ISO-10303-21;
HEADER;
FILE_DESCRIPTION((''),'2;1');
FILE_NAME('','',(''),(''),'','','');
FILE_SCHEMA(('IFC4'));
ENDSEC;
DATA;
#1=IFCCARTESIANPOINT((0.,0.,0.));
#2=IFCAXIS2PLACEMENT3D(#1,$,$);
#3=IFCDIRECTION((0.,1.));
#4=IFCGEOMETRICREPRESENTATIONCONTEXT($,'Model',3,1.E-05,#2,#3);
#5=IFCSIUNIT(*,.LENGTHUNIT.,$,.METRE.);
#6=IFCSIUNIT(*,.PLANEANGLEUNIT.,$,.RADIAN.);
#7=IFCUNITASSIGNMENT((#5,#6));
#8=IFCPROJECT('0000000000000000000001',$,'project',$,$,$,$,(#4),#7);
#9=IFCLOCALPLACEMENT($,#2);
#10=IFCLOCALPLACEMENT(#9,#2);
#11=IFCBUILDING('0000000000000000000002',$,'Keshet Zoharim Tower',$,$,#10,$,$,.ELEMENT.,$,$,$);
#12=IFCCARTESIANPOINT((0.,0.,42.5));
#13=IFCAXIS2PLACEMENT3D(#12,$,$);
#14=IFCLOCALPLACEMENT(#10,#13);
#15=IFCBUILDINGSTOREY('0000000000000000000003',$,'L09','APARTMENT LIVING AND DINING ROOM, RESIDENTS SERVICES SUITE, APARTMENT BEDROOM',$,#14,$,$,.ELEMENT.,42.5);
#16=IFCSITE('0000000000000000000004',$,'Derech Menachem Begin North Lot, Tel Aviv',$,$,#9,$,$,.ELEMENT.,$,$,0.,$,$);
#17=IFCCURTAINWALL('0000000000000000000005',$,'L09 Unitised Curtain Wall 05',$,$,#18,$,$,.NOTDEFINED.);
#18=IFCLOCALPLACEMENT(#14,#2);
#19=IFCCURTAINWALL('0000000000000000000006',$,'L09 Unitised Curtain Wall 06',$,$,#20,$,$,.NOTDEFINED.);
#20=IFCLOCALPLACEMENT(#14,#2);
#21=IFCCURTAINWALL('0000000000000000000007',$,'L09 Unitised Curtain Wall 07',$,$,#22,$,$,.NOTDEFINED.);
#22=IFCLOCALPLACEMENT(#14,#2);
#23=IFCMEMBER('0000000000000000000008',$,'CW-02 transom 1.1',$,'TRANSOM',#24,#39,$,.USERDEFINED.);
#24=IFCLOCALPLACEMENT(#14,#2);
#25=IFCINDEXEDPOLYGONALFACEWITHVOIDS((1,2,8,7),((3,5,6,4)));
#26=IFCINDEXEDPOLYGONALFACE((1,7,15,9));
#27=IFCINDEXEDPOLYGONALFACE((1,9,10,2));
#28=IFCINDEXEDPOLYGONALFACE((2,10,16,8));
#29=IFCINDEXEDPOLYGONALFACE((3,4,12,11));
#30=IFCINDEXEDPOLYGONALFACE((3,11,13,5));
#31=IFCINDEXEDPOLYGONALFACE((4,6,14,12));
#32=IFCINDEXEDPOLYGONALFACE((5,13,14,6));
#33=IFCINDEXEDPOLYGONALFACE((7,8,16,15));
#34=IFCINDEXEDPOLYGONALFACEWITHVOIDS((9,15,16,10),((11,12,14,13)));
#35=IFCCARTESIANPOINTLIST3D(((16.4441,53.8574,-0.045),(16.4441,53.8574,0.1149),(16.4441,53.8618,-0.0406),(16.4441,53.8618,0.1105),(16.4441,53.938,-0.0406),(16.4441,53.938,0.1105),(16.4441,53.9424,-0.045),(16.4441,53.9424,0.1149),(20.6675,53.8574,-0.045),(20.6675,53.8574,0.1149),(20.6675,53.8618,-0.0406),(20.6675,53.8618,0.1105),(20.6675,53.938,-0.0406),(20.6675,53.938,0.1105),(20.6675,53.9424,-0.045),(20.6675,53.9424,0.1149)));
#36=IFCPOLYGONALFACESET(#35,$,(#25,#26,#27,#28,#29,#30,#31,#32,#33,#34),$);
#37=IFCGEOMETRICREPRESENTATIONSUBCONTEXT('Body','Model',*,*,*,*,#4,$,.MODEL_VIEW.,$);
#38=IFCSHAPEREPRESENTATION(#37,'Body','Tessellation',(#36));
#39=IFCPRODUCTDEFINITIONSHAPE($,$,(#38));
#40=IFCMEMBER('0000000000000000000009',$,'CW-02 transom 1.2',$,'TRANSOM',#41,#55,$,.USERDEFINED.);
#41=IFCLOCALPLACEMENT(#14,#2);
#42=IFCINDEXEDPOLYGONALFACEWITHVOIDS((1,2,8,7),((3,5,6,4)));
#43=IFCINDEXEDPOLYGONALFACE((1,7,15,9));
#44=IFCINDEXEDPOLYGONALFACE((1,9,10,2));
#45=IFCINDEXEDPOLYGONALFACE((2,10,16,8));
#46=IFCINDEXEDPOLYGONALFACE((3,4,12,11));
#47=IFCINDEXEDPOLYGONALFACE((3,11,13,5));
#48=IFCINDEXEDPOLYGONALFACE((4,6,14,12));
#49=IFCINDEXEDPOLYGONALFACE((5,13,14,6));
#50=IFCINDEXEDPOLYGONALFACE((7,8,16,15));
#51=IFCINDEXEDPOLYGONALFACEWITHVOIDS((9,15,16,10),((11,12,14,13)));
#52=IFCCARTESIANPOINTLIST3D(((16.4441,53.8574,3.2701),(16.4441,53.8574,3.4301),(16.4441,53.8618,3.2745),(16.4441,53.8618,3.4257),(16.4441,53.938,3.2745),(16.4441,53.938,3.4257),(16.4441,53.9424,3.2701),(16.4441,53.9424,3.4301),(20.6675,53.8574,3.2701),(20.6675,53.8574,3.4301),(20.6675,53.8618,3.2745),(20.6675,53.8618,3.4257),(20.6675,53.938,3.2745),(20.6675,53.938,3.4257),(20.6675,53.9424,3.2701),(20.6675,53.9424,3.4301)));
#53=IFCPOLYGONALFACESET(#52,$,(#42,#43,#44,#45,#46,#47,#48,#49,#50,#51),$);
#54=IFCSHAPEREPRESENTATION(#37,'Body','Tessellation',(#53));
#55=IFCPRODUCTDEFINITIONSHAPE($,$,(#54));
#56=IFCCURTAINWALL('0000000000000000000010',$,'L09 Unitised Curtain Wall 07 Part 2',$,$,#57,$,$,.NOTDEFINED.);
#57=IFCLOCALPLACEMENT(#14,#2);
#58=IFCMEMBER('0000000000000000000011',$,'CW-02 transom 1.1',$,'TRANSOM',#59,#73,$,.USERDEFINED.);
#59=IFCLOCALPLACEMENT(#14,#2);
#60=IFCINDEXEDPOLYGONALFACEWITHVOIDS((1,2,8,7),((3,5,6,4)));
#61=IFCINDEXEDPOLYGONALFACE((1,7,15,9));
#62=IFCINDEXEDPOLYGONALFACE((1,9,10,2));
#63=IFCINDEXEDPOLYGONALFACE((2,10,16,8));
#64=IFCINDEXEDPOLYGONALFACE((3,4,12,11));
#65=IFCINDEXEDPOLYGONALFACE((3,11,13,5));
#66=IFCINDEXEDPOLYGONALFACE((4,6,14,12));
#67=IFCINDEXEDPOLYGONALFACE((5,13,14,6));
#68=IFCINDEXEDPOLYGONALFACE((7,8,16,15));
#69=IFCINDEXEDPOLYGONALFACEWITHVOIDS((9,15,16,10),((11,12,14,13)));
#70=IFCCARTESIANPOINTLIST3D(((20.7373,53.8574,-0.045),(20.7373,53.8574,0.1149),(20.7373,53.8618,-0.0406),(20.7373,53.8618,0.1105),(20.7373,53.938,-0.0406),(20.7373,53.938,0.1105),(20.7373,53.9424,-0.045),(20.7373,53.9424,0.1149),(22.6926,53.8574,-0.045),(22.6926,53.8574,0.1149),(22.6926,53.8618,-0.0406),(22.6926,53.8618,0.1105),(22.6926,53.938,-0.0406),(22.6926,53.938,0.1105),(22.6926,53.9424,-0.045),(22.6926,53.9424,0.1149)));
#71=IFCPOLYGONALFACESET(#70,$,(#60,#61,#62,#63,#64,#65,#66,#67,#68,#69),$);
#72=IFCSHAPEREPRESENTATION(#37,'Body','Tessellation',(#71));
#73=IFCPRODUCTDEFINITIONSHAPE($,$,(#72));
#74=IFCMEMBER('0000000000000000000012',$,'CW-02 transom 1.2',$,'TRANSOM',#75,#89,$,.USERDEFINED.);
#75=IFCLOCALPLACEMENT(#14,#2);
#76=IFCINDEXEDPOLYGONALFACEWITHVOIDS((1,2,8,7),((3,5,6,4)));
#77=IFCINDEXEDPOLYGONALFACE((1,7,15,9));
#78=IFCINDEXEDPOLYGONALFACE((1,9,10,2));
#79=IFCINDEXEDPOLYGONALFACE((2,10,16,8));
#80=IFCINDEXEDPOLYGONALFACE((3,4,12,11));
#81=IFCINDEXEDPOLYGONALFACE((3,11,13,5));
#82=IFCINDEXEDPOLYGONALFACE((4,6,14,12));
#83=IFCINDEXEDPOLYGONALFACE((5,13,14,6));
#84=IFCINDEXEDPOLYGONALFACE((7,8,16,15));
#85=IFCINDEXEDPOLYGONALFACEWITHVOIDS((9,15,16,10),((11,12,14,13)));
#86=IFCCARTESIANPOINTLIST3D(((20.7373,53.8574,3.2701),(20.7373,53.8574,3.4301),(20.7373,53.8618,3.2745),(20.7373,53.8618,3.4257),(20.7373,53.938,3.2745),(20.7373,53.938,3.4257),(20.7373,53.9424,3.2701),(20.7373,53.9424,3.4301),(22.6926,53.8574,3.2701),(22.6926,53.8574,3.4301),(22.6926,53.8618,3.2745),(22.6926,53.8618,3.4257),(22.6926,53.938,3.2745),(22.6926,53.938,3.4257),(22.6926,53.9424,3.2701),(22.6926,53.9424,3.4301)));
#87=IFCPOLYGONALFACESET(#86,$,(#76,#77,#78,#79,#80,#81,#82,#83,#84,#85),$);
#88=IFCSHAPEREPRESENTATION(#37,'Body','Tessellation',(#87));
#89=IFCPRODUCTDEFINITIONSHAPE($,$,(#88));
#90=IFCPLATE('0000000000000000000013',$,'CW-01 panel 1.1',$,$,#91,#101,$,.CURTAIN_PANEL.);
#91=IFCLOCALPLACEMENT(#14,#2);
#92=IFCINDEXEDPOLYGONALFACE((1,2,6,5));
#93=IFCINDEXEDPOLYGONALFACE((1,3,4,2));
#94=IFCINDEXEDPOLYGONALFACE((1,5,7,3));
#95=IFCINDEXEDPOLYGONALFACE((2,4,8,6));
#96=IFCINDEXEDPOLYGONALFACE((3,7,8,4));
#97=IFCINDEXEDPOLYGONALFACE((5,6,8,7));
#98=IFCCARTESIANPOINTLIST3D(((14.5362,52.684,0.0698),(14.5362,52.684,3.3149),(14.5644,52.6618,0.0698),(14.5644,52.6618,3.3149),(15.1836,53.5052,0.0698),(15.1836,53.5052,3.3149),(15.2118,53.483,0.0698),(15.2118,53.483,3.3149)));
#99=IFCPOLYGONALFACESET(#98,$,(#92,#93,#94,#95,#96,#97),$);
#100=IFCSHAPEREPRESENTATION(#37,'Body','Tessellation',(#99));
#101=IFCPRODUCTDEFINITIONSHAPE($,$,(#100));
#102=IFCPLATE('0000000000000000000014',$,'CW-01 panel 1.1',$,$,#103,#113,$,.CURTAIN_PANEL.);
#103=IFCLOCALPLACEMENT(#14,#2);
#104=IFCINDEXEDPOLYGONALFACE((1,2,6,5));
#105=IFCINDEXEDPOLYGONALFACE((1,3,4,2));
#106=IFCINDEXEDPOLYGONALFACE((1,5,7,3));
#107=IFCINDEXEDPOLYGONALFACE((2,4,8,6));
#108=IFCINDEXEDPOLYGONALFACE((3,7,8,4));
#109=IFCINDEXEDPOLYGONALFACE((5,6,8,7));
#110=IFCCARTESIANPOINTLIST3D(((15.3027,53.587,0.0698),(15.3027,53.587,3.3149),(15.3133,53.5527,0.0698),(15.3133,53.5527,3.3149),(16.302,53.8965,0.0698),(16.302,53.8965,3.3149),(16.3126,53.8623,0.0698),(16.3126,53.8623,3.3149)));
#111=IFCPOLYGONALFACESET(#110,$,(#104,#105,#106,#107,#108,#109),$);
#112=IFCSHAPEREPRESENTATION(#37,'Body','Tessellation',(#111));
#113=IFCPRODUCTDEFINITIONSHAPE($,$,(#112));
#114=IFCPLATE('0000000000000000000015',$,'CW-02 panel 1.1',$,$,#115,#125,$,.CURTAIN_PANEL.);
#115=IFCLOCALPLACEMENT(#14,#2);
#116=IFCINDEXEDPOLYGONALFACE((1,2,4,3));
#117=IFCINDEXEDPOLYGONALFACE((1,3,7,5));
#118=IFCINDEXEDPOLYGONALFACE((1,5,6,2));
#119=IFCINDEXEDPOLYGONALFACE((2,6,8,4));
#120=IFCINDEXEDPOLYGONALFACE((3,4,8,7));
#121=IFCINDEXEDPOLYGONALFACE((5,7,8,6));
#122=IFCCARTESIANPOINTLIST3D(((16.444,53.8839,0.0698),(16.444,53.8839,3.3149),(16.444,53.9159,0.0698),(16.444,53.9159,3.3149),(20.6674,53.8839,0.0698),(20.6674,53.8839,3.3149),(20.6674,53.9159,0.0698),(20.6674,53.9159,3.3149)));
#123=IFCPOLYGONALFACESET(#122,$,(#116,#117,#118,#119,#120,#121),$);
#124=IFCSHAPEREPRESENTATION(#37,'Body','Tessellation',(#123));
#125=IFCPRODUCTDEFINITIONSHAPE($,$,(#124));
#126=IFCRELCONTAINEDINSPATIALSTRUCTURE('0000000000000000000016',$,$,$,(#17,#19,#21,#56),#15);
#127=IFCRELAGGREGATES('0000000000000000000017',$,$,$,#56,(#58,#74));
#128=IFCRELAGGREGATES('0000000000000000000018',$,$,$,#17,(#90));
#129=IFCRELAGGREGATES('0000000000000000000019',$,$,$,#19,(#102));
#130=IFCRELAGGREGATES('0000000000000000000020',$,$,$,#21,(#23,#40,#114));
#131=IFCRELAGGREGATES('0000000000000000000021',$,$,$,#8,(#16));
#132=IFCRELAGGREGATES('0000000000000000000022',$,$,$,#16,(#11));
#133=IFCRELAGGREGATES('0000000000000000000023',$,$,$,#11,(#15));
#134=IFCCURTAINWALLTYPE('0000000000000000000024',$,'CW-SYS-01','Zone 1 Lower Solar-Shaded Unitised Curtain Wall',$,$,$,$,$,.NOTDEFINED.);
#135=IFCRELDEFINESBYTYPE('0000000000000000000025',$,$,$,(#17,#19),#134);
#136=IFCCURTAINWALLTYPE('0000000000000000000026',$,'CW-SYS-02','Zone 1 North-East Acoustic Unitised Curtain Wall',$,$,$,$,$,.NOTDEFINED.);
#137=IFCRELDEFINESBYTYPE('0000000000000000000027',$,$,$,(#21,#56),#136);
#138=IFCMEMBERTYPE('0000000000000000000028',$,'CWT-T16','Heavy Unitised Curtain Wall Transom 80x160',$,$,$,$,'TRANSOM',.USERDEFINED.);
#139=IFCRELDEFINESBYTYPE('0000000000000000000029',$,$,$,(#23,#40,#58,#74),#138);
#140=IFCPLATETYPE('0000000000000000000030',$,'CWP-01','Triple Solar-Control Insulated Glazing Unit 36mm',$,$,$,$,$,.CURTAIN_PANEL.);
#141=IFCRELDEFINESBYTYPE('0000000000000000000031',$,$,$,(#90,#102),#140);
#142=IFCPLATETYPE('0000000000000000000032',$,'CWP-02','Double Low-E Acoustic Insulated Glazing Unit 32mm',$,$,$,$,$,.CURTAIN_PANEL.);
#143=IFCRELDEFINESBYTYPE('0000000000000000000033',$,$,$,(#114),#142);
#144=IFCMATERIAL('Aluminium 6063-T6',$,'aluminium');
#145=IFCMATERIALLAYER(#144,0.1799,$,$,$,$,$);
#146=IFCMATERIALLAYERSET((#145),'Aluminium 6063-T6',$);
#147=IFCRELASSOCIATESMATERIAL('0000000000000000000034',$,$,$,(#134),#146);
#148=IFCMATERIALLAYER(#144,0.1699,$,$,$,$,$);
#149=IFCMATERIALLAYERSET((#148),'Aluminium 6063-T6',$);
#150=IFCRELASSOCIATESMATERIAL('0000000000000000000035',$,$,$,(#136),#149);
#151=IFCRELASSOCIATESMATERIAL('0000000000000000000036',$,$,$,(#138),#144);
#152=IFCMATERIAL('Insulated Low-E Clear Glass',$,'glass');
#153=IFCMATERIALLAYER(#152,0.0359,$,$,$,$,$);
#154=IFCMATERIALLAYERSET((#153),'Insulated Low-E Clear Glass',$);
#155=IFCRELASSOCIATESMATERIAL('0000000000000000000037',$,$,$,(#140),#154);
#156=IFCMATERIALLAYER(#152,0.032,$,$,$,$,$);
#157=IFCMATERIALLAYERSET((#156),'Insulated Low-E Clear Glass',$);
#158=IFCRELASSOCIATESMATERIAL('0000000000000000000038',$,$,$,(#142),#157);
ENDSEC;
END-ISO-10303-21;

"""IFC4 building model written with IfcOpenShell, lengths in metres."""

from ifc_helpers import new_model, si_unit, direction, frame, origin, origin_2d, place, context, subcontext, project, spatial, rectangle, hollow_rectangle, extrude, material, layer, layer_set, material_profile, profile_set, type_object, element, aggregate, save


model = new_model("IFC4")

# Units and contexts
model_context = context("Model", 3, precision=1e-05, world=origin(), true_north=direction((0.0, 1.0)))
body_context = subcontext(model_context, "Body", "Model", "MODEL_VIEW")
ifc_project = project(units=[si_unit("LENGTHUNIT", "METRE"), si_unit("PLANEANGLEUNIT", "RADIAN")], contexts=[model_context])

# Site, building, storey
site_placement = place(None, origin())
site = spatial("IfcSite", under=ifc_project, at=site_placement, Name="Derech Menachem Begin North Lot, Tel Aviv", CompositionType="ELEMENT", RefElevation=0.0)
building_placement = place(site_placement, origin())
building = spatial("IfcBuilding", under=site, at=building_placement, Name="Keshet Zoharim Tower", CompositionType="ELEMENT")
storey_placement = place(building_placement, frame((0.0, 0.0, 42.5)))
storey = spatial("IfcBuildingStorey", under=building, at=storey_placement, Name="L09", Description="APARTMENT LIVING AND DINING ROOM, RESIDENTS SERVICES SUITE, APARTMENT BEDROOM", CompositionType="ELEMENT", Elevation=42.5)

# Shared definitions
ifc_material_1 = material(Name="Aluminium 6063-T6", Category="aluminium")
ifc_layer_1 = layer(ifc_material_1, 0.1799)
ifc_layer_set_1 = layer_set([ifc_layer_1], Name="Aluminium 6063-T6")
curtain_wall_type_1 = type_object("IfcCurtainWallType", Name="CW-SYS-01", Description="Zone 1 Lower Solar-Shaded Unitised Curtain Wall", PredefinedType="NOTDEFINED", material=ifc_layer_set_1)

# Curtain walls
curtain_wall_1_placement = place(storey_placement, origin())
curtain_wall_1 = element("IfcCurtainWall", 1, at=curtain_wall_1_placement, inside=storey, type_object=curtain_wall_type_1, Name="L09 Unitised Curtain Wall 05", PredefinedType="NOTDEFINED")
curtain_wall_2_placement = place(storey_placement, origin())
curtain_wall_2 = element("IfcCurtainWall", 2, at=curtain_wall_2_placement, inside=storey, type_object=curtain_wall_type_1, Name="L09 Unitised Curtain Wall 06", PredefinedType="NOTDEFINED")
ifc_layer_2 = layer(ifc_material_1, 0.1699)
ifc_layer_set_2 = layer_set([ifc_layer_2], Name="Aluminium 6063-T6")
curtain_wall_type_2 = type_object("IfcCurtainWallType", Name="CW-SYS-02", Description="Zone 1 North-East Acoustic Unitised Curtain Wall", PredefinedType="NOTDEFINED", material=ifc_layer_set_2)
curtain_wall_3_placement = place(storey_placement, origin())
curtain_wall_3 = element("IfcCurtainWall", 3, at=curtain_wall_3_placement, inside=storey, type_object=curtain_wall_type_2, Name="L09 Unitised Curtain Wall 07", PredefinedType="NOTDEFINED")

# Members
ifc_material_profile_1 = material_profile(ifc_material_1, hollow_rectangle(XDim=0.085, YDim=0.1599, WallThickness=0.0044, at=origin_2d()), Name="TRN-85x160")
ifc_profile_set_1 = profile_set([ifc_material_profile_1], Name="Aluminium 6063-T6")
member_type_1 = type_object("IfcMemberType", Name="CWT-T16", Description="Heavy Unitised Curtain Wall Transom 80x160", ElementType="TRANSOM", PredefinedType="USERDEFINED", material=ifc_profile_set_1)
member_1_placement = place(storey_placement, frame((16.4441, 53.8999, 0.0349), z_axis=(1.0, 0.0, 0.0), x_axis=(0.0, 1.0, 0.0)))
member_1 = element("IfcMember", 4, at=member_1_placement, type_object=member_type_1, Name="CW-02 transom 1.1", ObjectType="TRANSOM", PredefinedType="USERDEFINED", context=body_context, shape_type="SweptSolid", body=[
    extrude(hollow_rectangle(XDim=0.085, YDim=0.1599, WallThickness=0.0044, at=origin_2d()), origin(), (0.0, 0.0, 1.0), 4.2234),
])
member_2_placement = place(storey_placement, frame((16.4441, 53.8999, 3.3501), z_axis=(1.0, 0.0, 0.0), x_axis=(0.0, 1.0, 0.0)))
member_2 = element("IfcMember", 5, at=member_2_placement, type_object=member_type_1, Name="CW-02 transom 1.2", ObjectType="TRANSOM", PredefinedType="USERDEFINED", context=body_context, shape_type="SweptSolid", body=[
    extrude(hollow_rectangle(XDim=0.085, YDim=0.1599, WallThickness=0.0044, at=origin_2d()), origin(), (0.0, 0.0, 1.0), 4.2234),
])

# Curtain wall, members
curtain_wall_4_placement = place(storey_placement, origin())
curtain_wall_4 = element("IfcCurtainWall", 6, at=curtain_wall_4_placement, inside=storey, type_object=curtain_wall_type_2, Name="L09 Unitised Curtain Wall 07 Part 2", PredefinedType="NOTDEFINED")
member_3_placement = place(storey_placement, frame((20.7373, 53.8999, 0.0349), z_axis=(1.0, 0.0, 0.0), x_axis=(0.0, 1.0, 0.0)))
member_3 = element("IfcMember", 7, at=member_3_placement, type_object=member_type_1, Name="CW-02 transom 1.1", ObjectType="TRANSOM", PredefinedType="USERDEFINED", context=body_context, shape_type="SweptSolid", body=[
    extrude(hollow_rectangle(XDim=0.085, YDim=0.1599, WallThickness=0.0044, at=origin_2d()), origin(), (0.0, 0.0, 1.0), 1.9553),
])
member_4_placement = place(storey_placement, frame((20.7373, 53.8999, 3.3501), z_axis=(1.0, 0.0, 0.0), x_axis=(0.0, 1.0, 0.0)))
member_4 = element("IfcMember", 8, at=member_4_placement, type_object=member_type_1, Name="CW-02 transom 1.2", ObjectType="TRANSOM", PredefinedType="USERDEFINED", context=body_context, shape_type="SweptSolid", body=[
    extrude(hollow_rectangle(XDim=0.085, YDim=0.1599, WallThickness=0.0044, at=origin_2d()), origin(), (0.0, 0.0, 1.0), 1.9553),
])
aggregate(curtain_wall_4, [member_3, member_4])

# Plates
ifc_material_2 = material(Name="Insulated Low-E Clear Glass", Category="glass")
ifc_layer_3 = layer(ifc_material_2, 0.0359)
ifc_layer_set_3 = layer_set([ifc_layer_3], Name="Insulated Low-E Clear Glass")
plate_type_1 = type_object("IfcPlateType", Name="CWP-01", Description="Triple Solar-Control Insulated Glazing Unit 36mm", PredefinedType="CURTAIN_PANEL", material=ifc_layer_set_3)
plate_1_placement = place(storey_placement, frame((14.874, 53.0835, 0.0698), z_axis=(0.0, 0.0, 1.0), x_axis=(0.619125, 0.785293, 0.0)))
plate_1 = element("IfcPlate", 9, at=plate_1_placement, type_object=plate_type_1, Name="CW-01 panel 1.1", PredefinedType="CURTAIN_PANEL", context=body_context, shape_type="SweptSolid", body=[
    extrude(rectangle(XDim=1.0457, YDim=0.0359, at=origin_2d()), origin(), (0.0, 0.0, 1.0), 3.2451),
])
aggregate(curtain_wall_1, [plate_1])
plate_2_placement = place(storey_placement, frame((15.8076, 53.7246, 0.0698), z_axis=(0.0, 0.0, 1.0), x_axis=(0.955212, 0.295922, 0.0)))
plate_2 = element("IfcPlate", 10, at=plate_2_placement, type_object=plate_type_1, Name="CW-01 panel 1.1", PredefinedType="CURTAIN_PANEL", context=body_context, shape_type="SweptSolid", body=[
    extrude(rectangle(XDim=1.0461, YDim=0.0359, at=origin_2d()), origin(), (0.0, 0.0, 1.0), 3.2451),
])
aggregate(curtain_wall_2, [plate_2])
ifc_layer_4 = layer(ifc_material_2, 0.032)
ifc_layer_set_4 = layer_set([ifc_layer_4], Name="Insulated Low-E Clear Glass")
plate_type_2 = type_object("IfcPlateType", Name="CWP-02", Description="Double Low-E Acoustic Insulated Glazing Unit 32mm", PredefinedType="CURTAIN_PANEL", material=ifc_layer_set_4)
plate_3_placement = place(storey_placement, frame((18.5557, 53.8999, 0.0698), z_axis=(0.0, 0.0, 1.0), x_axis=(1.0, 0.0, 0.0)))
plate_3 = element("IfcPlate", 11, at=plate_3_placement, type_object=plate_type_2, Name="CW-02 panel 1.1", PredefinedType="CURTAIN_PANEL", context=body_context, shape_type="SweptSolid", body=[
    extrude(rectangle(XDim=4.2234, YDim=0.032, at=origin_2d()), origin(), (0.0, 0.0, 1.0), 3.2451),
])
aggregate(curtain_wall_3, [member_1, member_2, plate_3])

save(model, "model.ifc")
